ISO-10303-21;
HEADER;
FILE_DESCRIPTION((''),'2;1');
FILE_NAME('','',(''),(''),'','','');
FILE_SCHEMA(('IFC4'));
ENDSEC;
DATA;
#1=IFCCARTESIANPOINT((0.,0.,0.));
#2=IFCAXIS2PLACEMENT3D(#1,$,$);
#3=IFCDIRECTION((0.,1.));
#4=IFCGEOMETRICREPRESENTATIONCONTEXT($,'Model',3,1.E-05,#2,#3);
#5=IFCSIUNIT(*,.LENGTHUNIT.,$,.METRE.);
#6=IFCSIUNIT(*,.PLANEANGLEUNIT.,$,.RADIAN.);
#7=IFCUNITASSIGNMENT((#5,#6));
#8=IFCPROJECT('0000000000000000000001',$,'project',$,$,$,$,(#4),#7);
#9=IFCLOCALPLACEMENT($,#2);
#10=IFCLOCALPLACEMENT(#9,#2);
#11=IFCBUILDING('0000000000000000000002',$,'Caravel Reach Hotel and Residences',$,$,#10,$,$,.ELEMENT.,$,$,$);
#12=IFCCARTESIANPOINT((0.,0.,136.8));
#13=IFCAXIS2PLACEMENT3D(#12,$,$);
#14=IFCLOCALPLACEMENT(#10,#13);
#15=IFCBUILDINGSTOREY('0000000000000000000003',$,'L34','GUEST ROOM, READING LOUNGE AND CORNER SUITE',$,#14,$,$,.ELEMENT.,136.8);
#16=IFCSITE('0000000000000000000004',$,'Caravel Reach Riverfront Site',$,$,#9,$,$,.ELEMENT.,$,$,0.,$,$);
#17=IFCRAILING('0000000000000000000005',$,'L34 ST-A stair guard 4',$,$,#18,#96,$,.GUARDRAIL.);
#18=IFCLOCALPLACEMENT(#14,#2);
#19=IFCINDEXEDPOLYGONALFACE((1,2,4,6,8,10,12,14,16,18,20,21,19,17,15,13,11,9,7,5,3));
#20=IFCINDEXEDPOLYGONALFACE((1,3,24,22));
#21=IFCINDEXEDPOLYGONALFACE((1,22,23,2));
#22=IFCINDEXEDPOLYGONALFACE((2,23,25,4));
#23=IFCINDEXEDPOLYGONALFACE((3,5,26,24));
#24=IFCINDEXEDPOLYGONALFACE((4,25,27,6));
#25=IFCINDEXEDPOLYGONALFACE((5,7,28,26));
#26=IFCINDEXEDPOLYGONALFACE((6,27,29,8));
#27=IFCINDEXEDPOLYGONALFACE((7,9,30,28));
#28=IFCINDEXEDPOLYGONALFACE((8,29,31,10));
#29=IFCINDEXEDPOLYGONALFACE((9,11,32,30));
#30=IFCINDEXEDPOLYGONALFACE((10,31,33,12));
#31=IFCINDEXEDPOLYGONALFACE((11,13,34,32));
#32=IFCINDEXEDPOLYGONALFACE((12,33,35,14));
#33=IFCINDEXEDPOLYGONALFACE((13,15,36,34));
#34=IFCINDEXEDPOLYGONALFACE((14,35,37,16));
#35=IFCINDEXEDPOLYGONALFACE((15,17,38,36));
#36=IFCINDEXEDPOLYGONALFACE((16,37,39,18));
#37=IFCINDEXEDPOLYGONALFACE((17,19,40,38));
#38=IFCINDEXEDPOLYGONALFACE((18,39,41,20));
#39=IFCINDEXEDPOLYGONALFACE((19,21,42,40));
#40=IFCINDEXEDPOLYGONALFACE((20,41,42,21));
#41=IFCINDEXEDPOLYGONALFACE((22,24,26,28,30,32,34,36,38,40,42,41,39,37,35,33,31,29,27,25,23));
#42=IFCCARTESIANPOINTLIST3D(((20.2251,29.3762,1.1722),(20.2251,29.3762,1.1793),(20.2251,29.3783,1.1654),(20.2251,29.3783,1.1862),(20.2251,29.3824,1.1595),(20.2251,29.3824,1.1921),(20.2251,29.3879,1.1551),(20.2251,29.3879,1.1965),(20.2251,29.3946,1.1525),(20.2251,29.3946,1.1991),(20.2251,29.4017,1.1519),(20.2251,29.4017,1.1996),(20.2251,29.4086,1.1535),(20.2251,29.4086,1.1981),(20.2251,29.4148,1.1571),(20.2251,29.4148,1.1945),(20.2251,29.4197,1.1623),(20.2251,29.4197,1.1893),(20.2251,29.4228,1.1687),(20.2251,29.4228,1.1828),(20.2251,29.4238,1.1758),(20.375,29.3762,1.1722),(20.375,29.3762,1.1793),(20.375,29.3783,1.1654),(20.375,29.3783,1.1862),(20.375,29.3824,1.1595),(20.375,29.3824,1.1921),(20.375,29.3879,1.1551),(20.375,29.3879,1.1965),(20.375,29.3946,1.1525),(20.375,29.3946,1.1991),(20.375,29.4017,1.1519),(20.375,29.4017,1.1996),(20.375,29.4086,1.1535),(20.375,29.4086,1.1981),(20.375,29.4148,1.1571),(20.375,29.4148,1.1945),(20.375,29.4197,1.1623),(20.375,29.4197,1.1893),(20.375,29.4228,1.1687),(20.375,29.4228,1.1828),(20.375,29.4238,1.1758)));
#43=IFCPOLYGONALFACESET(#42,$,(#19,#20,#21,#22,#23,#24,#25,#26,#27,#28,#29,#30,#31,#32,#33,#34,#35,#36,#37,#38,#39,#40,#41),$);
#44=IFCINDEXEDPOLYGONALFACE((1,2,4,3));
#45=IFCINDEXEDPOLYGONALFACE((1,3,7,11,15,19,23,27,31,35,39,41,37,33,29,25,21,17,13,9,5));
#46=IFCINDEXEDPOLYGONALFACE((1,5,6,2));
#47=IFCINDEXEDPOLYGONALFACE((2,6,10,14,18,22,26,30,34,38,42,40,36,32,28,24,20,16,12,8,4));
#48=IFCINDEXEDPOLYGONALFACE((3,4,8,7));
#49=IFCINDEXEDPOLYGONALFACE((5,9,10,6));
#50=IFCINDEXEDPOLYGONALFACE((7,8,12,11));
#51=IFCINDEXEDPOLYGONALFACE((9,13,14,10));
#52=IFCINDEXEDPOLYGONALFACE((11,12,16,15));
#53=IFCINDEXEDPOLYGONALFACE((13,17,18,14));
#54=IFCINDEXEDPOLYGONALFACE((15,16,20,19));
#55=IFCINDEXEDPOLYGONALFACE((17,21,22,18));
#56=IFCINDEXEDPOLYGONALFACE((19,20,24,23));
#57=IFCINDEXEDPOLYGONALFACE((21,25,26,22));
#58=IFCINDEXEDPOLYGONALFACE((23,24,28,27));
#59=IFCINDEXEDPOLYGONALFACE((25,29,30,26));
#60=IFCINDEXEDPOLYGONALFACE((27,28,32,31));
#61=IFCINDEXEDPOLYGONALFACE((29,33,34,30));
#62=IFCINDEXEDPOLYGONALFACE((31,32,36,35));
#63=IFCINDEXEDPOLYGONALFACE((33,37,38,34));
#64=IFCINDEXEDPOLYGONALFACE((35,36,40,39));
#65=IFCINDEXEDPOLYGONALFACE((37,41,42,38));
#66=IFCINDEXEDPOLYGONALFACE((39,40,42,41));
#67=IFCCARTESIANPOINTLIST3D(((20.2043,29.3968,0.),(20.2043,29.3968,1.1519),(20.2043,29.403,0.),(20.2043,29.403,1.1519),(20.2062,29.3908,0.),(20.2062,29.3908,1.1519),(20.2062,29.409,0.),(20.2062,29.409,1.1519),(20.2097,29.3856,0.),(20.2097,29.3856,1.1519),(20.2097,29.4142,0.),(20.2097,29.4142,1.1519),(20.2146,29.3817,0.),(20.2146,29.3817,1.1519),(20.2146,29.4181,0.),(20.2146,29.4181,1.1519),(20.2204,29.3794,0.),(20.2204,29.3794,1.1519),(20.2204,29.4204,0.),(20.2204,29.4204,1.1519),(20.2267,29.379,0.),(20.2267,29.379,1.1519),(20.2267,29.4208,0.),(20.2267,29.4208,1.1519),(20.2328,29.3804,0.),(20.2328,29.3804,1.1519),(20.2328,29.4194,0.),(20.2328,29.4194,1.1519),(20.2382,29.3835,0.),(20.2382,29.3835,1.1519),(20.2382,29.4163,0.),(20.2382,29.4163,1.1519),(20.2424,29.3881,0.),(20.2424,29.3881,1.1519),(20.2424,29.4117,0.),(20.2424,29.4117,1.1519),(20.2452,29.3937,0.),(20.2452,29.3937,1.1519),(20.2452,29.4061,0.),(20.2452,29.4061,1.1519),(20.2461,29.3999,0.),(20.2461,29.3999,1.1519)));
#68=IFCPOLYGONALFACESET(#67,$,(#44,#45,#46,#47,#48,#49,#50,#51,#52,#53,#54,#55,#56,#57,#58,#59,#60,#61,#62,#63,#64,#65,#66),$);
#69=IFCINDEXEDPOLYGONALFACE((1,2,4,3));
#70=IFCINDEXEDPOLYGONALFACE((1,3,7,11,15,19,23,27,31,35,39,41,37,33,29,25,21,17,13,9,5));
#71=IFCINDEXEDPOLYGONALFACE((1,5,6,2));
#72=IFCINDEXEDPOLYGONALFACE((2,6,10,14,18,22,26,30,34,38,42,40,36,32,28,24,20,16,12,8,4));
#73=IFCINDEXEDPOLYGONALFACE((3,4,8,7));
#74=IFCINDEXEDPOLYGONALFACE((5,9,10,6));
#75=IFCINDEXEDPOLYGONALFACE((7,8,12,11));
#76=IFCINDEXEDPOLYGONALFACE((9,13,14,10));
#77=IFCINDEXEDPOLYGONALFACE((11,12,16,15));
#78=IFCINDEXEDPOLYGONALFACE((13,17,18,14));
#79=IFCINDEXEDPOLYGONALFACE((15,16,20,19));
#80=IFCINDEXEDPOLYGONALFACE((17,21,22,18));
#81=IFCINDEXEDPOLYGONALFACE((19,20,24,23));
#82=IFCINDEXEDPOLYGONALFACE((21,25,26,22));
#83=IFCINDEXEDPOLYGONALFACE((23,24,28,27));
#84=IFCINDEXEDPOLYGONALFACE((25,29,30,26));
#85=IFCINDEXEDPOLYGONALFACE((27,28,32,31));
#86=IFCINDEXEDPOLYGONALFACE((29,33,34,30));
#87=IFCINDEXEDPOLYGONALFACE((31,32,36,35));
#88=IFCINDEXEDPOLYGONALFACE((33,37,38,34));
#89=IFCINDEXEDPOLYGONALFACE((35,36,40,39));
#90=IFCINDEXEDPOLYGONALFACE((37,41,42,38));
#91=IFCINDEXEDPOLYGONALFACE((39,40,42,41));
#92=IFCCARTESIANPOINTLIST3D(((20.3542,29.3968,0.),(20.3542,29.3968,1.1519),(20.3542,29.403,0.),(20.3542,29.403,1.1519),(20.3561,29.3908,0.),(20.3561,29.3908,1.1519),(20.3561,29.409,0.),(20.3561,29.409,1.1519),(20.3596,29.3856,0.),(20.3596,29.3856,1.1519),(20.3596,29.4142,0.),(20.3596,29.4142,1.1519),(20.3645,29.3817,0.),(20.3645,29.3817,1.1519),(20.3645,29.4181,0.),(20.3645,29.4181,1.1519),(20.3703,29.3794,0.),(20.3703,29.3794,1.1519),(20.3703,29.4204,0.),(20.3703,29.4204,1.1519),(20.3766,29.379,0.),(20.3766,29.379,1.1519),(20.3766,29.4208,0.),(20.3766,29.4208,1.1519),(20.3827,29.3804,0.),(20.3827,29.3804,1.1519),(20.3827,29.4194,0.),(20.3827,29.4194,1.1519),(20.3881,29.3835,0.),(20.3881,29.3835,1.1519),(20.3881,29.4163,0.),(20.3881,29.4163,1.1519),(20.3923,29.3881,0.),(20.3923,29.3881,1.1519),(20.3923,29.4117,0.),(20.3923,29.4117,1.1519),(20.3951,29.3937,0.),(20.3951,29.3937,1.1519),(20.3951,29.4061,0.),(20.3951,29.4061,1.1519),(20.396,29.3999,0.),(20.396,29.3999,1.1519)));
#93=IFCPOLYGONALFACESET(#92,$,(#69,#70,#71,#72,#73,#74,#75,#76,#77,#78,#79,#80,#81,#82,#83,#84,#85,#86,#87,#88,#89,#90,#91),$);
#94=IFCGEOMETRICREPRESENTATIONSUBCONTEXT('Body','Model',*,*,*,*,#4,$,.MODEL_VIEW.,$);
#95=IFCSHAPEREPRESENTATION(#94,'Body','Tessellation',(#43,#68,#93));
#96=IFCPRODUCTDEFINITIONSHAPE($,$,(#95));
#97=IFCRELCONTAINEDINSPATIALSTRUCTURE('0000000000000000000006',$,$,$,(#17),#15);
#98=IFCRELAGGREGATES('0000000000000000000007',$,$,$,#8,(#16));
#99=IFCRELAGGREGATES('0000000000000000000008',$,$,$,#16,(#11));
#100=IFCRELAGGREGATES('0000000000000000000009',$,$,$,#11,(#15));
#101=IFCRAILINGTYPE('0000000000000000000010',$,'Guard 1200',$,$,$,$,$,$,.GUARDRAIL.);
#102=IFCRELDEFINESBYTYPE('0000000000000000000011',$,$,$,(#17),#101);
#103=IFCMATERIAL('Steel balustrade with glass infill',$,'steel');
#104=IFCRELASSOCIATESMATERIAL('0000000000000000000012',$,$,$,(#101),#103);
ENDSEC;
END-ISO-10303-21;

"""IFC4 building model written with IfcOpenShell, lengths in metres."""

from ifc_helpers import new_model, si_unit, direction, frame, origin, origin_2d, place, context, subcontext, project, spatial, circle, extrude, material, type_object, element, save


model = new_model("IFC4")

# Units and contexts
model_context = context("Model", 3, precision=1e-05, world=origin(), true_north=direction((0.0, 1.0)))
body_context = subcontext(model_context, "Body", "Model", "MODEL_VIEW")
ifc_project = project(units=[si_unit("LENGTHUNIT", "METRE"), si_unit("PLANEANGLEUNIT", "RADIAN")], contexts=[model_context])

# Site, building, storey
site_placement = place(None, origin())
site = spatial("IfcSite", under=ifc_project, at=site_placement, Name="Caravel Reach Riverfront Site", CompositionType="ELEMENT", RefElevation=0.0)
building_placement = place(site_placement, origin())
building = spatial("IfcBuilding", under=site, at=building_placement, Name="Caravel Reach Hotel and Residences", CompositionType="ELEMENT")
storey_placement = place(building_placement, frame((0.0, 0.0, 136.8)))
storey = spatial("IfcBuildingStorey", under=building, at=storey_placement, Name="L34", Description="GUEST ROOM, READING LOUNGE AND CORNER SUITE", CompositionType="ELEMENT", Elevation=136.8)

# Railing
ifc_material_1 = material(Name="Steel balustrade with glass infill", Category="steel")
railing_type_1 = type_object("IfcRailingType", Name="Guard 1200", PredefinedType="GUARDRAIL", material=ifc_material_1)
railing_1_placement = place(storey_placement, frame((20.2251, 29.3999, 0.0)))
element("IfcRailing", 1, at=railing_1_placement, inside=storey, type_object=railing_type_1, Name="L34 ST-A stair guard 4", PredefinedType="GUARDRAIL", context=body_context, shape_type="SweptSolid", body=[
    extrude(circle(Radius=0.0239, at=origin_2d()), frame((0.0, 0.0, 1.1758), z_axis=(1.0, 0.0, 0.0), x_axis=(0.0, 1.0, 0.0)), (0.0, 0.0, 1.0), 0.1499),
    extrude(circle(Radius=0.021, at=origin_2d()), origin(), (0.0, 0.0, 1.0), 1.1519),
    extrude(circle(Radius=0.021, at=origin_2d()), frame((0.1499, 0.0, 0.0)), (0.0, 0.0, 1.0), 1.1519),
])

save(model, "model.ifc")
